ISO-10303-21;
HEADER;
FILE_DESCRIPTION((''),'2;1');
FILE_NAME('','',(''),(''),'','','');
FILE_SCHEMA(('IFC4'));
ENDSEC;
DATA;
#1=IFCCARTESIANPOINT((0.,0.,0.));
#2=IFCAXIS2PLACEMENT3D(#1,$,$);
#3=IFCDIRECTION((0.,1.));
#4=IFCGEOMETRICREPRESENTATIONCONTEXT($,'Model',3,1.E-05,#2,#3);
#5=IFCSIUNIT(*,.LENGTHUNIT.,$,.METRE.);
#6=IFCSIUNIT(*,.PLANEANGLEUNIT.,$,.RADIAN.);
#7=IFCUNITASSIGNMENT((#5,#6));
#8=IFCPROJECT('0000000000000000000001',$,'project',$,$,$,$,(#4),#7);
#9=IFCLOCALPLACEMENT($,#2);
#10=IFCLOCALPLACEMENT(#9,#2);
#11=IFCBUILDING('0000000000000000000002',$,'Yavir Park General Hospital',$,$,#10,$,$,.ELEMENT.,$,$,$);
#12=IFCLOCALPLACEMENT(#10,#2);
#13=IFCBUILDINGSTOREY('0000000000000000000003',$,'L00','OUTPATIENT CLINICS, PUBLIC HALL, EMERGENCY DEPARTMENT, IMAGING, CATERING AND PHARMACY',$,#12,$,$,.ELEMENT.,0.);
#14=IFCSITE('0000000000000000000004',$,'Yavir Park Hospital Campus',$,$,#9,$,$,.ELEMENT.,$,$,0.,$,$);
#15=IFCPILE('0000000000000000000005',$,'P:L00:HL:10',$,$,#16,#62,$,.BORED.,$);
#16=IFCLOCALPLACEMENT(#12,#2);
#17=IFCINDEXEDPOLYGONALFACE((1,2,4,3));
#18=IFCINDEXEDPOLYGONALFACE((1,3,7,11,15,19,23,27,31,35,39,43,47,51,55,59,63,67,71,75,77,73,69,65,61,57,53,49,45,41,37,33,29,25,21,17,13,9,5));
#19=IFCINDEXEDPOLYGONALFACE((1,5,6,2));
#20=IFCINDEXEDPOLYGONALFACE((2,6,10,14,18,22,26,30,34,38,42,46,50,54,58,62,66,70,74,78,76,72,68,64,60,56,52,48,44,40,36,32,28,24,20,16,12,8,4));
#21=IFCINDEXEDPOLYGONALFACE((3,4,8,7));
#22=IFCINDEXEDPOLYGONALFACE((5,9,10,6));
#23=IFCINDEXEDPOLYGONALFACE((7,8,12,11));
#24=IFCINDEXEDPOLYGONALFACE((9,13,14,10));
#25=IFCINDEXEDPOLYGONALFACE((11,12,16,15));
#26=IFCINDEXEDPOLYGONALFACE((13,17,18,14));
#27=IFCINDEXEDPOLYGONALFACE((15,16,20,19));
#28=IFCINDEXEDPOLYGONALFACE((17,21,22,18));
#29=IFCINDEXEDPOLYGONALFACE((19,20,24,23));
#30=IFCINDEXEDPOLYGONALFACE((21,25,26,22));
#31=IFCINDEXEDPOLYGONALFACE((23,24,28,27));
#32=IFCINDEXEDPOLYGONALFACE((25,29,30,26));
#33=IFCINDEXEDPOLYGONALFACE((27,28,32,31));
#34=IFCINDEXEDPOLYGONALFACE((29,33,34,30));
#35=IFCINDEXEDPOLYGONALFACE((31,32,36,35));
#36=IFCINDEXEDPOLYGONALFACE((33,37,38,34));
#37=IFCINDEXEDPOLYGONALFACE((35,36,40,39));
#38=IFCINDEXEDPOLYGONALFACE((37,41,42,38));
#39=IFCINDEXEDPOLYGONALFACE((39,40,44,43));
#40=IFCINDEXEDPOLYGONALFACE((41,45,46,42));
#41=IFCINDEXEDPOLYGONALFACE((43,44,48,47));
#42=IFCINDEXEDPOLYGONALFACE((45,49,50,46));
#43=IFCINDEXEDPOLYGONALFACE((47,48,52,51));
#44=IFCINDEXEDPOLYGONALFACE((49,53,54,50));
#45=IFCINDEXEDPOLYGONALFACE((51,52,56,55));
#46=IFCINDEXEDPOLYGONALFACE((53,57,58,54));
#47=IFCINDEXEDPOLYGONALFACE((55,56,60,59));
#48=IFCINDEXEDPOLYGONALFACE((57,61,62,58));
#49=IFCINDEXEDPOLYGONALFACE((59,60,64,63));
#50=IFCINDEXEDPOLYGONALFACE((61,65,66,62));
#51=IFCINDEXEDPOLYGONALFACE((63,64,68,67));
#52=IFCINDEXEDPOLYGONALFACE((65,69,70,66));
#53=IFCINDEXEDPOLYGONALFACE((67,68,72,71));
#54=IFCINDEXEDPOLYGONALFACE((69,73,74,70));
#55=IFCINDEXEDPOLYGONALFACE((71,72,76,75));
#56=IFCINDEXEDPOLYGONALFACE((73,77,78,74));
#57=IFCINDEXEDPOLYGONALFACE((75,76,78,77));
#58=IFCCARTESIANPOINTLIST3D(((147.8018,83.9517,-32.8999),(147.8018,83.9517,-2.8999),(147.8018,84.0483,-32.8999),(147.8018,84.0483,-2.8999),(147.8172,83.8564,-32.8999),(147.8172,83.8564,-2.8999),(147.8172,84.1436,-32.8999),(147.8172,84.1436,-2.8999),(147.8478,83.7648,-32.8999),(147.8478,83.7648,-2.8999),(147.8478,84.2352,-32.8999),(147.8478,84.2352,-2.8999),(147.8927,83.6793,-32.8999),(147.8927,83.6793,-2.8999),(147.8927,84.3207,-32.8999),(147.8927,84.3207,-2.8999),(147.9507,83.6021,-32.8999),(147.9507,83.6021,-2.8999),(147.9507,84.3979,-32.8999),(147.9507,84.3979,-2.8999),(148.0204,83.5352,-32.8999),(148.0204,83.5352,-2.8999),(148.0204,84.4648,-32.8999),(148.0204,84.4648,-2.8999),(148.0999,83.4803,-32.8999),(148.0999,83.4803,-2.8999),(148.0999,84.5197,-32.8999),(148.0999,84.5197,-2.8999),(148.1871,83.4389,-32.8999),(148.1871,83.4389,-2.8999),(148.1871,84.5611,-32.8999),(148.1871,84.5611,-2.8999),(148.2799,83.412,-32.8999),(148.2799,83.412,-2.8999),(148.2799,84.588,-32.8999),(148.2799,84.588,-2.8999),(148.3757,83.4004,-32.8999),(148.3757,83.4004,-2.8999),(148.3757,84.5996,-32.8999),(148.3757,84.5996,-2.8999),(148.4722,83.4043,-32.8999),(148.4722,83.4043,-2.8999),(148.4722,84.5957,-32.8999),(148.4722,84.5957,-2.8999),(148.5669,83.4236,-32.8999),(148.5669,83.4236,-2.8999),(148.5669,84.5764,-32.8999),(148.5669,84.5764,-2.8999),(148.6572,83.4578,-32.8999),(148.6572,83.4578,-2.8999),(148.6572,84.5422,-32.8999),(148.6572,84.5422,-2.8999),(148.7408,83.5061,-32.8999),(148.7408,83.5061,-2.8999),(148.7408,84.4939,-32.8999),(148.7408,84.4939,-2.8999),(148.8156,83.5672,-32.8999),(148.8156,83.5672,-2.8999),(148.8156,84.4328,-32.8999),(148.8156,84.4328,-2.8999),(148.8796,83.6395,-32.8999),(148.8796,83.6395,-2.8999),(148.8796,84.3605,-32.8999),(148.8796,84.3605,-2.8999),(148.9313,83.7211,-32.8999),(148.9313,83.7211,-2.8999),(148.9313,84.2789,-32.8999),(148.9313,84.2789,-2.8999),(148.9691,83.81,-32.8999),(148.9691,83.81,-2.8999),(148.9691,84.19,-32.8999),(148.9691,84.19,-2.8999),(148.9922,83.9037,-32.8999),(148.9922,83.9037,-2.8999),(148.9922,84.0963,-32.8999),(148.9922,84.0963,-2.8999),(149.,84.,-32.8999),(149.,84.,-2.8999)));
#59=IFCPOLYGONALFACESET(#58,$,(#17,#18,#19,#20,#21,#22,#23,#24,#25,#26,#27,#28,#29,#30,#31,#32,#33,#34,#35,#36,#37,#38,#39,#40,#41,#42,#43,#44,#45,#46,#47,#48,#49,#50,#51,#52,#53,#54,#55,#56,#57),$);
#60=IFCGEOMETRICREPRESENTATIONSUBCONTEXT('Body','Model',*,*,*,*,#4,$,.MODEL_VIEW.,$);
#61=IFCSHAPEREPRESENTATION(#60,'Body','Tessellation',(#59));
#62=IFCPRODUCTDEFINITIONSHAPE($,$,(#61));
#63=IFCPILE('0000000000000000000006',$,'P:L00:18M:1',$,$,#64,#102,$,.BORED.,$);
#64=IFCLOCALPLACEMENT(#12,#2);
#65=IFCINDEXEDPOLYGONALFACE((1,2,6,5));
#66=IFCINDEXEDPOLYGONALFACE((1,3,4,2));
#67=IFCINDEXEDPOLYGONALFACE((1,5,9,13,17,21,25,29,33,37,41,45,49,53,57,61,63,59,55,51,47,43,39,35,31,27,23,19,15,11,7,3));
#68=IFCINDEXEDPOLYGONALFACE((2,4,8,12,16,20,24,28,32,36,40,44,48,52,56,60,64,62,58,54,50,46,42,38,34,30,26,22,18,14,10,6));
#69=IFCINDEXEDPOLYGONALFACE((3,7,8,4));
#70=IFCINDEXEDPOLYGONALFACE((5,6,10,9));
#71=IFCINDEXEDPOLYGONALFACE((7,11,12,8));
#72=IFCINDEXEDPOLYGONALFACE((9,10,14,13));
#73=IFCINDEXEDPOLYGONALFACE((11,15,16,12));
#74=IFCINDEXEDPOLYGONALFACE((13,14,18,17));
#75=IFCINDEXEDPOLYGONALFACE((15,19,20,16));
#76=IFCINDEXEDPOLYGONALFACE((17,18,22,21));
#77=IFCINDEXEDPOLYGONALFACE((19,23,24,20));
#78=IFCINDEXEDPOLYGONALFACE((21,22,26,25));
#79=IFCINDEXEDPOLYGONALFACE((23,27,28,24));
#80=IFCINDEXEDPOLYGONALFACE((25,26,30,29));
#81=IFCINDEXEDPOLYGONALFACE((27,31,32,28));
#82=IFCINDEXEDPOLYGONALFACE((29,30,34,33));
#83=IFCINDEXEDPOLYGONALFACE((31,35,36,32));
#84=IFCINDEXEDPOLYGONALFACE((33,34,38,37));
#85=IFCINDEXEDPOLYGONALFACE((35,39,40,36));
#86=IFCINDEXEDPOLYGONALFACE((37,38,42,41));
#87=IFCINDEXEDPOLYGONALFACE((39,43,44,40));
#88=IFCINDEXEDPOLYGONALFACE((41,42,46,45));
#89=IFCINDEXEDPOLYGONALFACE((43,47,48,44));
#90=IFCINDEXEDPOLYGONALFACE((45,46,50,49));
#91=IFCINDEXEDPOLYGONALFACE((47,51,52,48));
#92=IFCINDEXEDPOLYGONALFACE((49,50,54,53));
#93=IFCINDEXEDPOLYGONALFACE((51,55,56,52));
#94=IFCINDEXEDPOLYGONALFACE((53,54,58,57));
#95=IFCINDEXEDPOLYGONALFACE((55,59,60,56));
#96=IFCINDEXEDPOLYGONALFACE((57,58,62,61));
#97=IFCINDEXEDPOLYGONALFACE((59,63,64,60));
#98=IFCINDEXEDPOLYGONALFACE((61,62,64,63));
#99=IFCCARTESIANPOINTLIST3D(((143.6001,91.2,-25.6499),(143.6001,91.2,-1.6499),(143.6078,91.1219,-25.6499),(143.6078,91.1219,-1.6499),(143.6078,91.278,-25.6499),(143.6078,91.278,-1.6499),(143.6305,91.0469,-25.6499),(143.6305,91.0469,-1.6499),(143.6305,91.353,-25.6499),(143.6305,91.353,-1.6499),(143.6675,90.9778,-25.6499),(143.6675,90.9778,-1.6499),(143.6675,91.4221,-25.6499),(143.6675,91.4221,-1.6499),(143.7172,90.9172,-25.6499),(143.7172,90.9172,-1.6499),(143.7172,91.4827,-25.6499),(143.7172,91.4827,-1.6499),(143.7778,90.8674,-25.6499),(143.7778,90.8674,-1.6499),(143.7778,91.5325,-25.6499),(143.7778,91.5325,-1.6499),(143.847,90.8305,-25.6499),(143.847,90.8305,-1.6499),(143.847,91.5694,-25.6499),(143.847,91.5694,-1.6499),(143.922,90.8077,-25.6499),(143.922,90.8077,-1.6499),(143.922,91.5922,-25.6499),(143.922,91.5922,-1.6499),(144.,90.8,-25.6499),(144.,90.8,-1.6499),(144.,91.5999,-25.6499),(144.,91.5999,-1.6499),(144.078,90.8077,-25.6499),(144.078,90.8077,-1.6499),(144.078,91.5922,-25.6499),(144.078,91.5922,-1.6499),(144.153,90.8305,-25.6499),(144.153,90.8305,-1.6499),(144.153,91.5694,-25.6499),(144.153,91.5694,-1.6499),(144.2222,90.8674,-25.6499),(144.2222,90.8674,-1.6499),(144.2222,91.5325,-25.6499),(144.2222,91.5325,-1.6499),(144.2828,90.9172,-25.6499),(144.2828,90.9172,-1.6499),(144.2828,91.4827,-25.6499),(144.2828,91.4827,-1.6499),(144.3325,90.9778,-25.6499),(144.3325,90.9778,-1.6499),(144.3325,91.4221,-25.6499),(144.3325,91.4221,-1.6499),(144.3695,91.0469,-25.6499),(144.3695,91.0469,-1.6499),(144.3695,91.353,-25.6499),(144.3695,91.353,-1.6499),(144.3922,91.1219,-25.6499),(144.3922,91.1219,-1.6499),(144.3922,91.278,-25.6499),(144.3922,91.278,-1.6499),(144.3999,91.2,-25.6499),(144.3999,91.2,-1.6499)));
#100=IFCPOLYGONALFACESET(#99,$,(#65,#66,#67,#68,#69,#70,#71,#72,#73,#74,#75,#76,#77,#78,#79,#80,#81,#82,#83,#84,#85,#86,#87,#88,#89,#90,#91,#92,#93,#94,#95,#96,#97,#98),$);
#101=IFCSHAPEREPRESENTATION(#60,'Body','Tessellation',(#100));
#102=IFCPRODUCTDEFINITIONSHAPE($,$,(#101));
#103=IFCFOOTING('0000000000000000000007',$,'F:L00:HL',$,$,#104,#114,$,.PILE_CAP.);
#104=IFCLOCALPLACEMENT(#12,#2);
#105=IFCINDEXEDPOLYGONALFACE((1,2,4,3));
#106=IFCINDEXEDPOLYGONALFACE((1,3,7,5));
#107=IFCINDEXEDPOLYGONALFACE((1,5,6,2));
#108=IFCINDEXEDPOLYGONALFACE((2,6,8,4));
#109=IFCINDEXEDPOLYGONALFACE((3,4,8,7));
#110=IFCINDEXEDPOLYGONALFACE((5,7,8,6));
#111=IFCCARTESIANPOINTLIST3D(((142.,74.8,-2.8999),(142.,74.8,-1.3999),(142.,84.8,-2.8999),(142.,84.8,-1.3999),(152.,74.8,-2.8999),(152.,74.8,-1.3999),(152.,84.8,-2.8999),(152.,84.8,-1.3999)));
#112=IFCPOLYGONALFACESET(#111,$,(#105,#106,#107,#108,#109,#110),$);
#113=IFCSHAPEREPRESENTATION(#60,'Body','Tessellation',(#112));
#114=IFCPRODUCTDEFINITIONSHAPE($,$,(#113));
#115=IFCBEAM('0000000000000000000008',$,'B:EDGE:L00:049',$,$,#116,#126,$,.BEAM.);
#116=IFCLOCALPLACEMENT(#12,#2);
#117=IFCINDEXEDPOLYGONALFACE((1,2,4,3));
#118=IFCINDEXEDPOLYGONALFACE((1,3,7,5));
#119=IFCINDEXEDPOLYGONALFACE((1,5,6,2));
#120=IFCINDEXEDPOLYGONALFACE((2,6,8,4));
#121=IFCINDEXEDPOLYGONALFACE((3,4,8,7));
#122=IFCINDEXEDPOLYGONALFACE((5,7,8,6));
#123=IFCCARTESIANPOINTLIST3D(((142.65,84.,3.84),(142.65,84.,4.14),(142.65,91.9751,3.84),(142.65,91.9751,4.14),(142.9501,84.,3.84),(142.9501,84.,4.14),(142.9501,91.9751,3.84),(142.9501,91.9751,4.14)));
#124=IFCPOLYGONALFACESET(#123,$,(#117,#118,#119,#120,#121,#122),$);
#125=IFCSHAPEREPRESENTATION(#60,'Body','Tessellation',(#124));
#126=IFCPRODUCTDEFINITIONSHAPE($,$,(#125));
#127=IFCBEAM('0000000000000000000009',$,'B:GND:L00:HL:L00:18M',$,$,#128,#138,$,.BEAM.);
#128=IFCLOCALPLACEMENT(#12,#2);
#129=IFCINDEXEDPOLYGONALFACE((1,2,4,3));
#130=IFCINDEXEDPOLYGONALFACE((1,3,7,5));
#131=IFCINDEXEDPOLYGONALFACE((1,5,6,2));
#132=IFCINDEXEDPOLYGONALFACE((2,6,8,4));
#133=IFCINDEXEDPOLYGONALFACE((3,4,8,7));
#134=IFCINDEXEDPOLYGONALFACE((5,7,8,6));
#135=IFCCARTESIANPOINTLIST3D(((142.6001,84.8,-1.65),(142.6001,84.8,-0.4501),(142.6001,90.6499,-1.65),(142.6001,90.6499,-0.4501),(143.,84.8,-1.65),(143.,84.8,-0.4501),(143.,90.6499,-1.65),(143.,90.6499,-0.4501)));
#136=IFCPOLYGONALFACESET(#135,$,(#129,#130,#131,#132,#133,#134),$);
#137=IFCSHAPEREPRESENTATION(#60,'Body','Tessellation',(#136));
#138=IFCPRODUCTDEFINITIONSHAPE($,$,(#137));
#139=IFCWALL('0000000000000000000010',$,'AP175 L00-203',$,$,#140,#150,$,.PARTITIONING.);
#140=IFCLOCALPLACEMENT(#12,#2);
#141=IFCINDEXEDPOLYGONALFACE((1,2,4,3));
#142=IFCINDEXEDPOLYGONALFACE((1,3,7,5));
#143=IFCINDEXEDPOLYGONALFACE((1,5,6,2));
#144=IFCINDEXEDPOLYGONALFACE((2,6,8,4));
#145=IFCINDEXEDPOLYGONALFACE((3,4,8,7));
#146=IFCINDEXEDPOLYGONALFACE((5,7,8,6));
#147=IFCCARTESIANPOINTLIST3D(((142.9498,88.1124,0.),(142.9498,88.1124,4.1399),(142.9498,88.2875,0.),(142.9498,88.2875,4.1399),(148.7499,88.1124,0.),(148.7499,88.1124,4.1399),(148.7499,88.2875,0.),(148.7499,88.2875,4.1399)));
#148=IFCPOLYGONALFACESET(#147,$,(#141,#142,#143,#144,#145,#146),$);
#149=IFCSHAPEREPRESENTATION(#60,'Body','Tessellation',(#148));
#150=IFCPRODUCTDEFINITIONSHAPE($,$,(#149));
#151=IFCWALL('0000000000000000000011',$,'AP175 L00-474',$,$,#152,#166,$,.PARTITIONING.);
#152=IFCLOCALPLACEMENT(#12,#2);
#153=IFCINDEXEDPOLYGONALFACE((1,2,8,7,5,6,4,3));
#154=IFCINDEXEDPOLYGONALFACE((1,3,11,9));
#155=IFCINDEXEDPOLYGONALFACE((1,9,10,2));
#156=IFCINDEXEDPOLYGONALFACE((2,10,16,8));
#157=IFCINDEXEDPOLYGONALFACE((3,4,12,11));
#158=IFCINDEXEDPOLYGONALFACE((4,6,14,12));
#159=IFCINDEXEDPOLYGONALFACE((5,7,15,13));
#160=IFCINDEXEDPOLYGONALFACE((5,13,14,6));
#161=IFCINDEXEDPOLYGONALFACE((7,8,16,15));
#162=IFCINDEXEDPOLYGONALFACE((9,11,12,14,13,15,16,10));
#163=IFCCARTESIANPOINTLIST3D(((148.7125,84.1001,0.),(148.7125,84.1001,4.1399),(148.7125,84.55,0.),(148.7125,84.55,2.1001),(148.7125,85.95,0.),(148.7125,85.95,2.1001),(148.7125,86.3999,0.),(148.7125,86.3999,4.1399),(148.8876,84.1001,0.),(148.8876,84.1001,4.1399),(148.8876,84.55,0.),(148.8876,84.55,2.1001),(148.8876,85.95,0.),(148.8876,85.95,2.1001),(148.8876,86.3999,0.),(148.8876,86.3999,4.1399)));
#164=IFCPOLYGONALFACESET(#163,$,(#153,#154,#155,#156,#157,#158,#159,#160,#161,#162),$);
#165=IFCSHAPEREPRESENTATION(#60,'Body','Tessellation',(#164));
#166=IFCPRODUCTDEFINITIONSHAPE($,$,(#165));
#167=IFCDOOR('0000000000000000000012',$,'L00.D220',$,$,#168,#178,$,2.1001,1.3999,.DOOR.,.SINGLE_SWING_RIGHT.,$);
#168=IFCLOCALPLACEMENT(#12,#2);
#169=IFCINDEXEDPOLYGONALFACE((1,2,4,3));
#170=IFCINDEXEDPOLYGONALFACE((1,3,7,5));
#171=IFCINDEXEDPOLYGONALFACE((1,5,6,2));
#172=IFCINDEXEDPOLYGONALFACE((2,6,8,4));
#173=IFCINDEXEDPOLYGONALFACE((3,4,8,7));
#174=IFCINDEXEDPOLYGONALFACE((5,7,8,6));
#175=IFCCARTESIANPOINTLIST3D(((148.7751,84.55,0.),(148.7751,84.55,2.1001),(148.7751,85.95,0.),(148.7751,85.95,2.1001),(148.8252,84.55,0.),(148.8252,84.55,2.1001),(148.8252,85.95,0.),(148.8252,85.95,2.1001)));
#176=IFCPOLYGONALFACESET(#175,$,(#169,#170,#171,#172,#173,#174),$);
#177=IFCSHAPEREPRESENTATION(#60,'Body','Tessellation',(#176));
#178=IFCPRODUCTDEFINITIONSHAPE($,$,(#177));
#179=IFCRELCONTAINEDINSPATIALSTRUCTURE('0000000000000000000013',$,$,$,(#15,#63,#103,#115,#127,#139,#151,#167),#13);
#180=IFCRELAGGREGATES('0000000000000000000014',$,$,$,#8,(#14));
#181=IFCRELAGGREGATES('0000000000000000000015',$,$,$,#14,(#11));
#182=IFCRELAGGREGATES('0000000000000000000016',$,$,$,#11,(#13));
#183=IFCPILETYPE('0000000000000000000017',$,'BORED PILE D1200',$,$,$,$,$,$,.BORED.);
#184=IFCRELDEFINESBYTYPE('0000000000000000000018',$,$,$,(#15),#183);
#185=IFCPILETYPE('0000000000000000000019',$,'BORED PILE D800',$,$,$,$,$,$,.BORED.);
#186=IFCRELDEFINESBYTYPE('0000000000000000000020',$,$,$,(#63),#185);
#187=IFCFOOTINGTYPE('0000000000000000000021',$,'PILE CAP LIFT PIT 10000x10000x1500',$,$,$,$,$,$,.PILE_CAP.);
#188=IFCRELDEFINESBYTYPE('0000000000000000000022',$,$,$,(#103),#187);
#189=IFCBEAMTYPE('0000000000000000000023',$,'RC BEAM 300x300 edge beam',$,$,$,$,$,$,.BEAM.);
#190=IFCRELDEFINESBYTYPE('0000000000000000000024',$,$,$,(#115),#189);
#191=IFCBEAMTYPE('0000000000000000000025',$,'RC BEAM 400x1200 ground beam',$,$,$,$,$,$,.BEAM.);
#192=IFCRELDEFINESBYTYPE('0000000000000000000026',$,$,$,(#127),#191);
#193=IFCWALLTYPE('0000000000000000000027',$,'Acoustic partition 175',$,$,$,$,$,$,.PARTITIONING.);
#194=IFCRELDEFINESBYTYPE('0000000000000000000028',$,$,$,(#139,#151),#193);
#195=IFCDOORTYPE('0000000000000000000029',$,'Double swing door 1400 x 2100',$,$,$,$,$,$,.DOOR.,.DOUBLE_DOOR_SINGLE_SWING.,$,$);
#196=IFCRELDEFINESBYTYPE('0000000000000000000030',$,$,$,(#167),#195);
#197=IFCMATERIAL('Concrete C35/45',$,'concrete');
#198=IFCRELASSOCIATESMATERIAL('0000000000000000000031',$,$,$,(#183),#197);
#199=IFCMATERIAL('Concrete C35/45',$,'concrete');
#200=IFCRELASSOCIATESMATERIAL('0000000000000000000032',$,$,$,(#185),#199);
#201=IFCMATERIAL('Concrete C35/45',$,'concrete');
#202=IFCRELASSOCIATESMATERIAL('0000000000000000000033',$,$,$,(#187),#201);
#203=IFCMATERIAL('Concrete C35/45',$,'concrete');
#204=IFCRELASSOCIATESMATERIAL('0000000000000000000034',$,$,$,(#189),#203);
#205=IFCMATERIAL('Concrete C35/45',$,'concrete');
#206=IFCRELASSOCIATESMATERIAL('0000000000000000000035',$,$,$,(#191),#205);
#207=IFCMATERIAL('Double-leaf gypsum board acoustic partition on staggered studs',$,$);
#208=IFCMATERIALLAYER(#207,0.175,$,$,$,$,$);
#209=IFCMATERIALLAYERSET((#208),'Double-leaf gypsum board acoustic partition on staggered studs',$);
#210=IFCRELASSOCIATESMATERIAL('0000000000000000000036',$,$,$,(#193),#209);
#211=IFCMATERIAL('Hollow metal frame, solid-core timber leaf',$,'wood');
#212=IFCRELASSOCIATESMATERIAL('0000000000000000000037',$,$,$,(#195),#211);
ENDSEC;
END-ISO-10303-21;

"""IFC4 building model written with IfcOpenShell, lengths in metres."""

from ifc_helpers import new_model, si_unit, direction, frame, frame_2d, origin, origin_2d, place, context, subcontext, project, spatial, rectangle, circle, extrude, material, layer, layer_set, material_profile, profile_set, type_object, element, fill, save


model = new_model("IFC4")

# Units and contexts
model_context = context("Model", 3, precision=1e-05, world=origin(), true_north=direction((0.0, 1.0)))
body_context = subcontext(model_context, "Body", "Model", "MODEL_VIEW")
ifc_project = project(units=[si_unit("LENGTHUNIT", "METRE"), si_unit("PLANEANGLEUNIT", "RADIAN")], contexts=[model_context])

# Site, building, storey
site_placement = place(None, origin())
site = spatial("IfcSite", under=ifc_project, at=site_placement, Name="Yavir Park Hospital Campus", CompositionType="ELEMENT", RefElevation=0.0)
building_placement = place(site_placement, origin())
building = spatial("IfcBuilding", under=site, at=building_placement, Name="Yavir Park General Hospital", CompositionType="ELEMENT")
storey_placement = place(building_placement, origin())
storey = spatial("IfcBuildingStorey", under=building, at=storey_placement, Name="L00", Description="OUTPATIENT CLINICS, PUBLIC HALL, EMERGENCY DEPARTMENT, IMAGING, CATERING AND PHARMACY", CompositionType="ELEMENT", Elevation=0.0)

# Piles
ifc_material_1 = material(Name="Concrete C35/45", Category="concrete")
ifc_material_profile_1 = material_profile(ifc_material_1, circle(Radius=0.6001, at=origin_2d()), Name="D1200")
ifc_profile_set_1 = profile_set([ifc_material_profile_1], Name="Concrete C35/45")
pile_type_1 = type_object("IfcPileType", Name="BORED PILE D1200", PredefinedType="BORED", material=ifc_profile_set_1)
for number, where, z_axis, x_axis, name in (
    (1, (148.3999, 84.0, -2.8999), (0.0, 0.0, -1.0), (1.0, 0.0, 0.0), "P:L00:HL:10"),
):
    element("IfcPile", number, at=place(storey_placement, frame(where, z_axis=z_axis, x_axis=x_axis)), inside=storey, type_object=pile_type_1, Name=name, PredefinedType="BORED", context=body_context, shape_type="SweptSolid", body=[
        extrude(circle(Radius=0.6001, at=origin_2d()), origin(), (0.0, 0.0, 1.0), 30.0),
    ])
ifc_material_2 = material(Name="Concrete C35/45", Category="concrete")
ifc_material_profile_2 = material_profile(ifc_material_2, circle(Radius=0.3999, at=origin_2d()), Name="D800")
ifc_profile_set_2 = profile_set([ifc_material_profile_2], Name="Concrete C35/45")
pile_type_2 = type_object("IfcPileType", Name="BORED PILE D800", PredefinedType="BORED", material=ifc_profile_set_2)
pile_placement = place(storey_placement, frame((144.0, 91.2, -1.6499), z_axis=(0.0, 0.0, -1.0), x_axis=(1.0, 0.0, 0.0)))
element("IfcPile", 2, at=pile_placement, inside=storey, type_object=pile_type_2, Name="P:L00:18M:1", PredefinedType="BORED", context=body_context, shape_type="SweptSolid", body=[
    extrude(circle(Radius=0.3999, at=origin_2d()), origin(), (0.0, 0.0, 1.0), 24.0),
])

# Footing
ifc_material_3 = material(Name="Concrete C35/45", Category="concrete")
footing_type = type_object("IfcFootingType", Name="PILE CAP LIFT PIT 10000x10000x1500", PredefinedType="PILE_CAP", material=ifc_material_3)
footing_placement = place(storey_placement, frame((147.0, 79.8, -2.8999), z_axis=(0.0, 0.0, 1.0), x_axis=(1.0, 0.0, 0.0)))
element("IfcFooting", 3, at=footing_placement, inside=storey, type_object=footing_type, Name="F:L00:HL", PredefinedType="PILE_CAP", context=body_context, shape_type="SweptSolid", body=[
    extrude(rectangle(XDim=10.0, YDim=10.0, at=origin_2d()), origin(), (0.0, 0.0, 1.0), 1.5),
])

# Beams
ifc_material_4 = material(Name="Concrete C35/45", Category="concrete")
ifc_material_profile_3 = material_profile(ifc_material_4, rectangle(XDim=0.3, YDim=0.3, at=origin_2d()), Name="RC300x300")
ifc_profile_set_3 = profile_set([ifc_material_profile_3], Name="Concrete C35/45")
beam_type_1 = type_object("IfcBeamType", Name="RC BEAM 300x300 edge beam", PredefinedType="BEAM", material=ifc_profile_set_3)
beam_1_placement = place(storey_placement, frame((142.8, 84.0, 3.99), z_axis=(0.0, 1.0, 0.0), x_axis=(-1.0, 0.0, 0.0)))
element("IfcBeam", 4, at=beam_1_placement, inside=storey, type_object=beam_type_1, Name="B:EDGE:L00:049", PredefinedType="BEAM", context=body_context, shape_type="SweptSolid", body=[
    extrude(rectangle(XDim=0.3, YDim=0.3, at=origin_2d()), origin(), (0.0, 0.0, 1.0), 7.9751),
])
ifc_material_5 = material(Name="Concrete C35/45", Category="concrete")
ifc_material_profile_4 = material_profile(ifc_material_5, rectangle(XDim=0.3999, YDim=1.2, at=origin_2d()), Name="RC400x1200")
ifc_profile_set_4 = profile_set([ifc_material_profile_4], Name="Concrete C35/45")
beam_type_2 = type_object("IfcBeamType", Name="RC BEAM 400x1200 ground beam", PredefinedType="BEAM", material=ifc_profile_set_4)
beam_2_placement = place(storey_placement, frame((142.8, 84.8, -1.05), z_axis=(0.0, 1.0, 0.0), x_axis=(-1.0, 0.0, 0.0)))
element("IfcBeam", 5, at=beam_2_placement, inside=storey, type_object=beam_type_2, Name="B:GND:L00:HL:L00:18M", PredefinedType="BEAM", context=body_context, shape_type="SweptSolid", body=[
    extrude(rectangle(XDim=0.3999, YDim=1.2, at=origin_2d()), origin(), (0.0, 0.0, 1.0), 5.8499),
])

# Wall
ifc_material_6 = material(Name="Double-leaf gypsum board acoustic partition on staggered studs")
ifc_layer_1 = layer(ifc_material_6, 0.175)
ifc_layer_set_1 = layer_set([ifc_layer_1], Name="Double-leaf gypsum board acoustic partition on staggered studs")
wall_type_1 = type_object("IfcWallType", Name="Acoustic partition 175", PredefinedType="PARTITIONING", material=ifc_layer_set_1)
wall_1_placement = place(storey_placement, frame((142.95, 88.2, 0.0), z_axis=(0.0, 0.0, 1.0), x_axis=(1.0, 0.0, 0.0)))
element("IfcWall", 6, at=wall_1_placement, inside=storey, type_object=wall_type_1, Name="AP175 L00-203", PredefinedType="PARTITIONING", context=body_context, shape_type="SweptSolid", body=[
    extrude(rectangle(XDim=5.8, YDim=0.175, at=frame_2d((2.8999, 0.0))), origin(), (0.0, 0.0, 1.0), 4.1399),
])

# Wall, opening, door
wall_2_placement = place(storey_placement, frame((148.8, 84.1001, 0.0), z_axis=(0.0, 0.0, 1.0), x_axis=(0.0, 1.0, 0.0)))
wall_2 = element("IfcWall", 7, at=wall_2_placement, inside=storey, type_object=wall_type_1, Name="AP175 L00-474", PredefinedType="PARTITIONING", context=body_context, shape_type="SweptSolid", body=[
    extrude(rectangle(XDim=2.2998, YDim=0.175, at=frame_2d((1.1499, 0.0))), origin(), (0.0, 0.0, 1.0), 4.1399),
])
opening_1_placement = place(wall_2_placement, frame((0.45, 0.0, 0.0)))
opening_1 = element("IfcOpeningElement", 8, at=opening_1_placement, cuts=wall_2, PredefinedType="OPENING", context=body_context, shape_type="SweptSolid", body=[
    extrude(rectangle(XDim=1.3999, YDim=2.1001, at=frame_2d((0.7, 1.05))), frame((0.0, 0.0974, 0.0), z_axis=(0.0, -1.0, 0.0), x_axis=(1.0, 0.0, 0.0)), (0.0, 0.0, 1.0), 0.1951),
])
ifc_material_7 = material(Name="Hollow metal frame, solid-core timber leaf", Category="wood")
door_type_1 = type_object("IfcDoorType", Name="Double swing door 1400 x 2100", OperationType="DOUBLE_DOOR_SINGLE_SWING", PredefinedType="DOOR", material=ifc_material_7)
door_1_placement = place(opening_1_placement, origin())
door_1 = element("IfcDoor", 9, at=door_1_placement, inside=storey, type_object=door_type_1, Name="L00.D220", OperationType="SINGLE_SWING_RIGHT", OverallHeight=2.1001, OverallWidth=1.3999, PredefinedType="DOOR", context=body_context, shape_type="SweptSolid", body=[
    extrude(rectangle(XDim=1.3999, YDim=2.1001, at=frame_2d((0.7, 1.05))), frame((0.0, 0.0249, 0.0), z_axis=(0.0, -1.0, 0.0), x_axis=(1.0, 0.0, 0.0)), (0.0, 0.0, 1.0), 0.05),
])
fill(opening_1, door_1)

save(model, "model.ifc")
